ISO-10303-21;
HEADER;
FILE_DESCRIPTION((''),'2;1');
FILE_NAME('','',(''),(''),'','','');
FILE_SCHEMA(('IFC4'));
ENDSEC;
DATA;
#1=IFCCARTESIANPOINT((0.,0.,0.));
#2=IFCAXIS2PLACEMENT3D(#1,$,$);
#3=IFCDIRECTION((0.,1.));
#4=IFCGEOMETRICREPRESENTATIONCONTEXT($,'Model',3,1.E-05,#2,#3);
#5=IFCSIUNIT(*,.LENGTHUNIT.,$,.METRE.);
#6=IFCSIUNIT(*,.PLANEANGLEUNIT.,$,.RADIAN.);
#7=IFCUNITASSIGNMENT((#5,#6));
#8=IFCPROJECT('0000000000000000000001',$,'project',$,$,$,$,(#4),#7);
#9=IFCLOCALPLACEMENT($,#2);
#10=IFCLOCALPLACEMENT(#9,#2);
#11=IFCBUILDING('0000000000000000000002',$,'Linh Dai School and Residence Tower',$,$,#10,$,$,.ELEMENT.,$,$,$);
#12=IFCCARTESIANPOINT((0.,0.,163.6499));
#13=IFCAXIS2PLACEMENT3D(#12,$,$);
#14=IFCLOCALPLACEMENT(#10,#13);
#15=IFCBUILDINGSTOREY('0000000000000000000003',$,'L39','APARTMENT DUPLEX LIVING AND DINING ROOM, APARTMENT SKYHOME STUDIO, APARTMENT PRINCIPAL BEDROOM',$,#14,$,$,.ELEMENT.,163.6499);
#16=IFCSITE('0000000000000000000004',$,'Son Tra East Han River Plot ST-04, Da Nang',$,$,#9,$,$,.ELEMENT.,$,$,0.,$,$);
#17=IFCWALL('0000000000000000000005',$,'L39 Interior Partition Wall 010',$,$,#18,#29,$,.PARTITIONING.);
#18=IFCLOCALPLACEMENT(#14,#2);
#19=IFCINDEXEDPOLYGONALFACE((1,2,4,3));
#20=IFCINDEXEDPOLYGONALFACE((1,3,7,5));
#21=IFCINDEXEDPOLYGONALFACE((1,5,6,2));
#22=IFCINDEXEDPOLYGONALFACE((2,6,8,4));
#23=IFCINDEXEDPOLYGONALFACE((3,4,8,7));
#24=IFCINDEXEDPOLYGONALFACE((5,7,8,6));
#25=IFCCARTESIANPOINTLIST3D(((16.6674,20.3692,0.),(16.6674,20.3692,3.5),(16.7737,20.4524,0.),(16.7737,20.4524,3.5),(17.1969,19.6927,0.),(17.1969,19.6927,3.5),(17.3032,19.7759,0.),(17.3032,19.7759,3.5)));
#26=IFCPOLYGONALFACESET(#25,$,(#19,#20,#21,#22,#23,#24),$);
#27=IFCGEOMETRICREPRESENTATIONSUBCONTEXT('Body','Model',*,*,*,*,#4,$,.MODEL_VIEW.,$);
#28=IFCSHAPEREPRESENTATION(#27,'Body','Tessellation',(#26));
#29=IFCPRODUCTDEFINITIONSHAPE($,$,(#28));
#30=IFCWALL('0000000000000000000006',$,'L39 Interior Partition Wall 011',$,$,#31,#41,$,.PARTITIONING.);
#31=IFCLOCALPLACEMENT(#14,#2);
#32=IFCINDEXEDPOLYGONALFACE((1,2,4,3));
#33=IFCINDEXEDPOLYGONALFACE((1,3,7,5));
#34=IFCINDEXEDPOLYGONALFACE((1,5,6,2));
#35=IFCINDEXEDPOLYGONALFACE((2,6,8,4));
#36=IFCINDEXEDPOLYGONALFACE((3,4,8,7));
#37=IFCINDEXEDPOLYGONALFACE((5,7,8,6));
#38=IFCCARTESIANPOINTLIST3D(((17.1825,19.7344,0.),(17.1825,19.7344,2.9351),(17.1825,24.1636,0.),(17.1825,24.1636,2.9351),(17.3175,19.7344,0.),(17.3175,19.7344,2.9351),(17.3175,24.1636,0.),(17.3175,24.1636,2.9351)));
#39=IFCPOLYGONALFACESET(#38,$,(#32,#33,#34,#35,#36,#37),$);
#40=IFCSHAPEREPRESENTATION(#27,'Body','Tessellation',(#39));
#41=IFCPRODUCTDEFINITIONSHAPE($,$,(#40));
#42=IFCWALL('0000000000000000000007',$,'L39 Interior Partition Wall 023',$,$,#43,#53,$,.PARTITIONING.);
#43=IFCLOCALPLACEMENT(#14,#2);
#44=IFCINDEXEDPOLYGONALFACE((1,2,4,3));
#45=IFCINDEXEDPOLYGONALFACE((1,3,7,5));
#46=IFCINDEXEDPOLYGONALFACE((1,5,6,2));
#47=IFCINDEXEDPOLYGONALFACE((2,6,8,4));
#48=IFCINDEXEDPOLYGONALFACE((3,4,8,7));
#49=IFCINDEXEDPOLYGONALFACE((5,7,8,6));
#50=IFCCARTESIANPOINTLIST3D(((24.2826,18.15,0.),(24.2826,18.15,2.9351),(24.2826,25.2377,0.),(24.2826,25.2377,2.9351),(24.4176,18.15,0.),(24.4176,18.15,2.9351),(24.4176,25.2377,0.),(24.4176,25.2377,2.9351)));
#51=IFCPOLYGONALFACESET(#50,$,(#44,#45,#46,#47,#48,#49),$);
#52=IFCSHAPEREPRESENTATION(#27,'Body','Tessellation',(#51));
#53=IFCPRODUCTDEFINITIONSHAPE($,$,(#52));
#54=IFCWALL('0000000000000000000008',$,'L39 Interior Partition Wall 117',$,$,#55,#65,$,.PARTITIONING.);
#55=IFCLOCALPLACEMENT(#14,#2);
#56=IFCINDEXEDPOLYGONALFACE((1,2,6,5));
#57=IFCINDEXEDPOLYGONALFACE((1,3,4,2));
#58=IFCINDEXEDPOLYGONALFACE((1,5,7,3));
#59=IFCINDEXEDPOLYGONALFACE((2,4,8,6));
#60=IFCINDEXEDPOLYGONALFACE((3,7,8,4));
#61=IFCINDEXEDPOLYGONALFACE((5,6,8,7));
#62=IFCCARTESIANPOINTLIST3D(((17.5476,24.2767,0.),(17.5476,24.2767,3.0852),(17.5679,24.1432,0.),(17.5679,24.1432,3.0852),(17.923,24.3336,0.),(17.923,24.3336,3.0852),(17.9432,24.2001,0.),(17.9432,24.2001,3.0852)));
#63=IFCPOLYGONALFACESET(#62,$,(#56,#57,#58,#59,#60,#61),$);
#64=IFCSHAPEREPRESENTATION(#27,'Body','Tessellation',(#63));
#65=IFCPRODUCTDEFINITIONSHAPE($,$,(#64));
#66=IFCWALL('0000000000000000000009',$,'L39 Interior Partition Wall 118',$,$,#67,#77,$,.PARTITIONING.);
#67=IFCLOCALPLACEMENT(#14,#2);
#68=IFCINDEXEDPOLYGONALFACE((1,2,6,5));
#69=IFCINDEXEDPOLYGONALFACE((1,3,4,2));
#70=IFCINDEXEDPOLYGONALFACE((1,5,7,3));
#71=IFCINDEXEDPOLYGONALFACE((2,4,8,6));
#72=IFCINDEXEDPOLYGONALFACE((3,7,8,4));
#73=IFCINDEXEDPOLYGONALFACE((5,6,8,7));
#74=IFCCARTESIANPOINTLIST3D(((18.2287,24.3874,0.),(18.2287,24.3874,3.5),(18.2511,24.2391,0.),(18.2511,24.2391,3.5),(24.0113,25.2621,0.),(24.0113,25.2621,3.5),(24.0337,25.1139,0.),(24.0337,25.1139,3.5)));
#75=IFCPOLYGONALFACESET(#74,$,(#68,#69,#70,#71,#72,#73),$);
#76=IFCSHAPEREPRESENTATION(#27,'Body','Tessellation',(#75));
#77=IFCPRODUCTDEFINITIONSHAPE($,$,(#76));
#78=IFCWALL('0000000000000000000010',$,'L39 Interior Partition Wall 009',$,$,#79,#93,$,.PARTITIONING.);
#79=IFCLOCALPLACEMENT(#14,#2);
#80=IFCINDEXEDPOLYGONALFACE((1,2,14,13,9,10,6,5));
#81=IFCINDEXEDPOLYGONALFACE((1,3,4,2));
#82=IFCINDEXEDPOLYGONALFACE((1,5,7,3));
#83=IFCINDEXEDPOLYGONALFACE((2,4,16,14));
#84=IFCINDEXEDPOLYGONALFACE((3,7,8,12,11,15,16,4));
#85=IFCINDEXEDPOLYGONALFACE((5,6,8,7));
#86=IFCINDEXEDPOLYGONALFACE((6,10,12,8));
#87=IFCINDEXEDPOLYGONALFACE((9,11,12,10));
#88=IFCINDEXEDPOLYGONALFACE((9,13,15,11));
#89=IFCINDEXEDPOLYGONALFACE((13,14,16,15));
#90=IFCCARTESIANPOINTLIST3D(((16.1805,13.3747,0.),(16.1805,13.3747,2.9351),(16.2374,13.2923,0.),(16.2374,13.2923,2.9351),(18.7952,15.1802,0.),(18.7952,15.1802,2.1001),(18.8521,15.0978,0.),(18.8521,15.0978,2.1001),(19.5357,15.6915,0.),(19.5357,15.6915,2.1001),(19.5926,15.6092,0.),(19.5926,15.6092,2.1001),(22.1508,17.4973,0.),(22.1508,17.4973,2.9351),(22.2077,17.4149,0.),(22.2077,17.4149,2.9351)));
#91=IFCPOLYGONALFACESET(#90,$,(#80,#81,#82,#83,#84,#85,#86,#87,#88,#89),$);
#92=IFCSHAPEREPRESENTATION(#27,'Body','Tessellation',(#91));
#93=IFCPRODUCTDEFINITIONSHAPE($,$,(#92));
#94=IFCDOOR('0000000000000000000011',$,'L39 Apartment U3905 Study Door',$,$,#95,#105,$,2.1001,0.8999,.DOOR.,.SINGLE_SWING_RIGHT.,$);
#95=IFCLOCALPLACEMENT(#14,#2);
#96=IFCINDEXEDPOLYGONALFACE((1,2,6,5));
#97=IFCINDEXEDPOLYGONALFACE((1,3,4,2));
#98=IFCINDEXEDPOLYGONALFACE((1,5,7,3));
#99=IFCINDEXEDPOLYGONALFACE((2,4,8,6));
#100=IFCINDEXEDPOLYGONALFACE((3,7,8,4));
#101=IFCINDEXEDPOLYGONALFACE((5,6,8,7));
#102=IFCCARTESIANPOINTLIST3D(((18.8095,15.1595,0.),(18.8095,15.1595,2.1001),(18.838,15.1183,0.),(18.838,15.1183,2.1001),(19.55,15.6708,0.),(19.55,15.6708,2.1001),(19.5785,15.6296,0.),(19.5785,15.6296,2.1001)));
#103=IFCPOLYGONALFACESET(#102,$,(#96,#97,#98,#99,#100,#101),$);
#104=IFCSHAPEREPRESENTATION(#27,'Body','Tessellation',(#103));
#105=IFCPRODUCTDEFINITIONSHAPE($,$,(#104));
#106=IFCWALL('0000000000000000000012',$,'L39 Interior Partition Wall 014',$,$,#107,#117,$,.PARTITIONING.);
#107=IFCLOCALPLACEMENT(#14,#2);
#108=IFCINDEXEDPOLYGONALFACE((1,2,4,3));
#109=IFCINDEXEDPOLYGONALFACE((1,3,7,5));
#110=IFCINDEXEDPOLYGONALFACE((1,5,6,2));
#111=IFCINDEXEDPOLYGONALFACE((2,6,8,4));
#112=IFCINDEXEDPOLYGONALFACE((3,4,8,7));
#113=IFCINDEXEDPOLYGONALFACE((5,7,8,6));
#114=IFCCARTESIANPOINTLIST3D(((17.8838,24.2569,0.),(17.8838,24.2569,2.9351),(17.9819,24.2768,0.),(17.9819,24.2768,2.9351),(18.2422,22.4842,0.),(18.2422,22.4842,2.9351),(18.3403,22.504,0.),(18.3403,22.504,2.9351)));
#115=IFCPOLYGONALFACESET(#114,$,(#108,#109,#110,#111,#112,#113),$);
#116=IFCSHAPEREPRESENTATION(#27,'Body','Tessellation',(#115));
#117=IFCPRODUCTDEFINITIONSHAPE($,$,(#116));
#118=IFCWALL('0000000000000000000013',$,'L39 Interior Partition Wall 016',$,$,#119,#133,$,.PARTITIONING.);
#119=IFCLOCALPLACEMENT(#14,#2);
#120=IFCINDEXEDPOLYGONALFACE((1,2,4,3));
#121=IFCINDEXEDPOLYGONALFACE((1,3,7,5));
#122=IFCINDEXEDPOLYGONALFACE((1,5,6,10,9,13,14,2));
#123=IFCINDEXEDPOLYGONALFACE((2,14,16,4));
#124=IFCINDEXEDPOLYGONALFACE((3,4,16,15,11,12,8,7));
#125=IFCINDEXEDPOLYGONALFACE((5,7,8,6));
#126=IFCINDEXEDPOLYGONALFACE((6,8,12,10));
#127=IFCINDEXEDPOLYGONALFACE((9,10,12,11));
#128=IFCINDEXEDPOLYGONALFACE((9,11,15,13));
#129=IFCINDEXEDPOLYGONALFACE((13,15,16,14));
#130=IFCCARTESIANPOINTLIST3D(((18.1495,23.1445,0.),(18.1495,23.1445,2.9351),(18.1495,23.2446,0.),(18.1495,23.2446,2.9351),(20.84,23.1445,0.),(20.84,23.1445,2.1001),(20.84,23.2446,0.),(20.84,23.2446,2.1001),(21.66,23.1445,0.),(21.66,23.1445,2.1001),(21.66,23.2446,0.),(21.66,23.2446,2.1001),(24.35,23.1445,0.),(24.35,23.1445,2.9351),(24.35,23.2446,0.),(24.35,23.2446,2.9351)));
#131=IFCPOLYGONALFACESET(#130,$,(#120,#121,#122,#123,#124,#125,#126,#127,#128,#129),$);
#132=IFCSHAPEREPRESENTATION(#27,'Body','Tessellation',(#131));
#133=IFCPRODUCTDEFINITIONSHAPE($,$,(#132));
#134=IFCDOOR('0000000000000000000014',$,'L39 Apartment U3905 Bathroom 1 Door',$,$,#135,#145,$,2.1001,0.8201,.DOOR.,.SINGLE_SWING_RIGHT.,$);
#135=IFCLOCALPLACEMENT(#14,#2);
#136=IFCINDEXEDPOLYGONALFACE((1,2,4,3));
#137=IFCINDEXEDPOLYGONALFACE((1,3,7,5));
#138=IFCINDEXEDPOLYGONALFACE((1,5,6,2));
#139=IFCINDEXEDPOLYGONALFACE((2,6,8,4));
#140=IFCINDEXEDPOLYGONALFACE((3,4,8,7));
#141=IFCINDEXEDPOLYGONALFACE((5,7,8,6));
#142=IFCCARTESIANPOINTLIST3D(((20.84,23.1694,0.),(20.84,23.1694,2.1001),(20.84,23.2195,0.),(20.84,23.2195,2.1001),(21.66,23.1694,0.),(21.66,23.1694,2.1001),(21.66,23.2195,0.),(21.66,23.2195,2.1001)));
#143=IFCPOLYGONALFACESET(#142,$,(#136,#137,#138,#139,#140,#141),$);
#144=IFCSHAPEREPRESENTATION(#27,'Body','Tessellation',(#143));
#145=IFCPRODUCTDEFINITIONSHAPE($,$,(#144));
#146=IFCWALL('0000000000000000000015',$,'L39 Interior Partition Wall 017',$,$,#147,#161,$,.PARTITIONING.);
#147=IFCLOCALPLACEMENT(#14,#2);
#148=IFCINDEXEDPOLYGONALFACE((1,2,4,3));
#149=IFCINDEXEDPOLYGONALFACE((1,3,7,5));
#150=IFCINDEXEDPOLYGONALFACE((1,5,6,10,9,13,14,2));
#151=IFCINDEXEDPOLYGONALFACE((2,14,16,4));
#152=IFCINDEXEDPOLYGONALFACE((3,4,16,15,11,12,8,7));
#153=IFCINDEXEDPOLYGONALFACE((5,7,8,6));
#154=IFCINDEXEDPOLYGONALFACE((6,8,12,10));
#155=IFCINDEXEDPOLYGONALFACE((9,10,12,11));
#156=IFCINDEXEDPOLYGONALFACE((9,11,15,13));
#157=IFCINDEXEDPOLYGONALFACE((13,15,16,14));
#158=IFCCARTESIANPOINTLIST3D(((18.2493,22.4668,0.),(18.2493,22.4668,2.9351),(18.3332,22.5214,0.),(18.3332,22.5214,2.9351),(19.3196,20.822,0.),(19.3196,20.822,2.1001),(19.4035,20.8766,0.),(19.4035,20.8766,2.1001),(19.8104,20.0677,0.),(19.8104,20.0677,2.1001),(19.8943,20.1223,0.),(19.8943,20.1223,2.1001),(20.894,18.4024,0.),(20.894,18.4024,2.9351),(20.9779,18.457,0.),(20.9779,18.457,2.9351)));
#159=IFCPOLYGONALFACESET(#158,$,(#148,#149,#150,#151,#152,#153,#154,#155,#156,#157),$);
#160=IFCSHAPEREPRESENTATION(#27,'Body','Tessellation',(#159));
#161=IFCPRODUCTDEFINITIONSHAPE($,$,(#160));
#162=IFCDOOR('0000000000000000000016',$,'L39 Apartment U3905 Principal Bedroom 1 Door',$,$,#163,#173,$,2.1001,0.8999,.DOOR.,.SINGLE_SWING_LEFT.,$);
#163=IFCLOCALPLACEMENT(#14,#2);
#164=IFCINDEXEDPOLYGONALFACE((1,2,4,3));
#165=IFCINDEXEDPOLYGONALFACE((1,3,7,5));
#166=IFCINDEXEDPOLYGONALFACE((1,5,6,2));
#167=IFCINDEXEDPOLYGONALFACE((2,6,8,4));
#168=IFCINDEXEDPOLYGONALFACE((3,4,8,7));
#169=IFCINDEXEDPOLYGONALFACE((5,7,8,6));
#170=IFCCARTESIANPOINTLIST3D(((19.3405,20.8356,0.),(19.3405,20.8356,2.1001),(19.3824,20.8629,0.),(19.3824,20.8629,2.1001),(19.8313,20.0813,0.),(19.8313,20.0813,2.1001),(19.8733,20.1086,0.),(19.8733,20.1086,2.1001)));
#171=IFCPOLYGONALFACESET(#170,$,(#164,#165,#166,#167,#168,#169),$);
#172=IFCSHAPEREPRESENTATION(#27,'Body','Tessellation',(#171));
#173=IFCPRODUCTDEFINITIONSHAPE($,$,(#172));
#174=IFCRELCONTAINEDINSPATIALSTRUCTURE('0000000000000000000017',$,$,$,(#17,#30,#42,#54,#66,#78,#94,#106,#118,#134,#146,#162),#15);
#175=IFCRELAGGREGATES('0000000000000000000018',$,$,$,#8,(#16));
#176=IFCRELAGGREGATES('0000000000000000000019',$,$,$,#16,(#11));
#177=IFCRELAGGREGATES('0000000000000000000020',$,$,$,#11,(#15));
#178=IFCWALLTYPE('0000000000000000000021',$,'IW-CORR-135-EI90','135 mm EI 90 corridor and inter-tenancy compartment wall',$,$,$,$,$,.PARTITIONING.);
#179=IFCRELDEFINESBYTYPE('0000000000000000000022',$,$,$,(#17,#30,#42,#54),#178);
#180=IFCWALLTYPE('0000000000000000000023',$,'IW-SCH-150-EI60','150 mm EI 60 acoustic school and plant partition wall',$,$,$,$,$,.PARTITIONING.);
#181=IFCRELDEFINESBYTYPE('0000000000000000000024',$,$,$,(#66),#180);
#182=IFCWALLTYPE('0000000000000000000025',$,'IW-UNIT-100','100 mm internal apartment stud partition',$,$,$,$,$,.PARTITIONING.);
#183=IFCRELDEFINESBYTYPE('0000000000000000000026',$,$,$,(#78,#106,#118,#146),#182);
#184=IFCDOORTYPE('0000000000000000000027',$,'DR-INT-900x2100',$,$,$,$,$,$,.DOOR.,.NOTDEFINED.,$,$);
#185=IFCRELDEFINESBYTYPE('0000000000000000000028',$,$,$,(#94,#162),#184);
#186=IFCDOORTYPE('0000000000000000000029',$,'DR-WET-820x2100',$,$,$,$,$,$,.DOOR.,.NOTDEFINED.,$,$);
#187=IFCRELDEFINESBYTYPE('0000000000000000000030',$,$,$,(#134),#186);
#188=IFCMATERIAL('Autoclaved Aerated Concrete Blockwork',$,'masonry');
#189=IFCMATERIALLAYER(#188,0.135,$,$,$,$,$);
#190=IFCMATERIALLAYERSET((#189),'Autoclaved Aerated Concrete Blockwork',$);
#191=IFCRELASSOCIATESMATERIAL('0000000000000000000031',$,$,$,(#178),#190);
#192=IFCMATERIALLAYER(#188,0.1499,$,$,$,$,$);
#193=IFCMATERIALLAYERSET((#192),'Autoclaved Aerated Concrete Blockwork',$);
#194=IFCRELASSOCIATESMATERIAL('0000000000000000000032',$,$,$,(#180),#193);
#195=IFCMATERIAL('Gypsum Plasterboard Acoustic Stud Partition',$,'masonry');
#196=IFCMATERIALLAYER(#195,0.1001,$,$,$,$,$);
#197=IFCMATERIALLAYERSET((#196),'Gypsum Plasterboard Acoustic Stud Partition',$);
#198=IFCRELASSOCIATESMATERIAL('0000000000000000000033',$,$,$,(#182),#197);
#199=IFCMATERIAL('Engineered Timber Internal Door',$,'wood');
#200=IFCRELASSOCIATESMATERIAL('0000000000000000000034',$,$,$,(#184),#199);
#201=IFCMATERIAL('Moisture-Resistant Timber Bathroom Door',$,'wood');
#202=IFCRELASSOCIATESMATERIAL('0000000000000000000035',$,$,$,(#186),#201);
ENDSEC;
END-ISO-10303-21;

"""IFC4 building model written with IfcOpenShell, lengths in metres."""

from ifc_helpers import new_model, si_unit, direction, frame, frame_2d, origin, origin_2d, place, context, subcontext, project, spatial, rectangle, extrude, source, transform, mapped, material, layer, layer_set, type_object, element, fill, save


model = new_model("IFC4")

# Units and contexts
model_context = context("Model", 3, precision=1e-05, world=origin(), true_north=direction((0.0, 1.0)))
body_context = subcontext(model_context, "Body", "Model", "MODEL_VIEW")
ifc_project = project(units=[si_unit("LENGTHUNIT", "METRE"), si_unit("PLANEANGLEUNIT", "RADIAN")], contexts=[model_context])

# Site, building, storey
site_placement = place(None, origin())
site = spatial("IfcSite", under=ifc_project, at=site_placement, Name="Son Tra East Han River Plot ST-04, Da Nang", CompositionType="ELEMENT", RefElevation=0.0)
building_placement = place(site_placement, origin())
building = spatial("IfcBuilding", under=site, at=building_placement, Name="Linh Dai School and Residence Tower", CompositionType="ELEMENT")
storey_placement = place(building_placement, frame((0.0, 0.0, 163.6499)))
storey = spatial("IfcBuildingStorey", under=building, at=storey_placement, Name="L39", Description="APARTMENT DUPLEX LIVING AND DINING ROOM, APARTMENT SKYHOME STUDIO, APARTMENT PRINCIPAL BEDROOM", CompositionType="ELEMENT", Elevation=163.6499)

# Walls
ifc_material_1 = material(Name="Autoclaved Aerated Concrete Blockwork", Category="masonry")
ifc_layer_1 = layer(ifc_material_1, 0.135)
ifc_layer_set_1 = layer_set([ifc_layer_1], Name="Autoclaved Aerated Concrete Blockwork")
wall_type_1 = type_object("IfcWallType", Name="IW-CORR-135-EI90", Description="135 mm EI 90 corridor and inter-tenancy compartment wall", PredefinedType="PARTITIONING", material=ifc_layer_set_1)
wall_1_placement = place(storey_placement, frame((16.7205, 20.4109, 0.0), z_axis=(0.0, 0.0, 1.0), x_axis=(0.616377, -0.787451, 0.0)))
element("IfcWall", 1, at=wall_1_placement, inside=storey, type_object=wall_type_1, Name="L39 Interior Partition Wall 010", PredefinedType="PARTITIONING", context=body_context, shape_type="SweptSolid", body=[
    extrude(rectangle(XDim=0.8591, YDim=0.135, at=frame_2d((0.4297, 0.0))), origin(), (0.0, 0.0, 1.0), 3.5),
])
wall_2_placement = place(storey_placement, frame((17.25, 19.7344, 0.0), z_axis=(0.0, 0.0, 1.0), x_axis=(0.0, 1.0, 0.0)))
element("IfcWall", 2, at=wall_2_placement, inside=storey, type_object=wall_type_1, Name="L39 Interior Partition Wall 011", PredefinedType="PARTITIONING", context=body_context, shape_type="SweptSolid", body=[
    extrude(rectangle(XDim=4.4292, YDim=0.135, at=frame_2d((2.2146, 0.0))), origin(), (0.0, 0.0, 1.0), 2.9351),
])
wall_3_placement = place(storey_placement, frame((24.3501, 18.1499, 0.0), z_axis=(0.0, 0.0, 1.0), x_axis=(0.0, 1.0, 0.0)))
element("IfcWall", 3, at=wall_3_placement, inside=storey, type_object=wall_type_1, Name="L39 Interior Partition Wall 023", PredefinedType="PARTITIONING", context=body_context, shape_type="SweptSolid", body=[
    extrude(rectangle(XDim=7.0876, YDim=0.135, at=frame_2d((3.5439, 0.0))), origin(), (0.0, 0.0, 1.0), 2.9351),
])
wall_4_placement = place(storey_placement, frame((17.5576, 24.21, 0.0), z_axis=(0.0, 0.0, 1.0), x_axis=(0.988704, 0.149882, 0.0)))
element("IfcWall", 4, at=wall_4_placement, inside=storey, type_object=wall_type_1, Name="L39 Interior Partition Wall 117", PredefinedType="PARTITIONING", context=body_context, shape_type="SweptSolid", body=[
    extrude(rectangle(XDim=0.3796, YDim=0.135, at=frame_2d((0.1899, 0.0))), origin(), (0.0, 0.0, 1.0), 3.0852),
])
ifc_layer_2 = layer(ifc_material_1, 0.1499)
ifc_layer_set_2 = layer_set([ifc_layer_2], Name="Autoclaved Aerated Concrete Blockwork")
wall_type_2 = type_object("IfcWallType", Name="IW-SCH-150-EI60", Description="150 mm EI 60 acoustic school and plant partition wall", PredefinedType="PARTITIONING", material=ifc_layer_set_2)
wall_5_placement = place(storey_placement, frame((18.2397, 24.3132, 0.0), z_axis=(0.0, 0.0, 1.0), x_axis=(0.988751, 0.149569, 0.0)))
element("IfcWall", 5, at=wall_5_placement, inside=storey, type_object=wall_type_2, Name="L39 Interior Partition Wall 118", PredefinedType="PARTITIONING", context=body_context, shape_type="SweptSolid", body=[
    extrude(rectangle(XDim=5.8484, YDim=0.1499, at=frame_2d((2.9243, 0.0))), origin(), (0.0, 0.0, 1.0), 3.5),
])

# Wall, opening, door
ifc_material_2 = material(Name="Gypsum Plasterboard Acoustic Stud Partition", Category="masonry")
ifc_layer_3 = layer(ifc_material_2, 0.1001)
ifc_layer_set_3 = layer_set([ifc_layer_3], Name="Gypsum Plasterboard Acoustic Stud Partition")
wall_type_3 = type_object("IfcWallType", Name="IW-UNIT-100", Description="100 mm internal apartment stud partition", PredefinedType="PARTITIONING", material=ifc_layer_set_3)
wall_6_placement = place(storey_placement, frame((16.209, 13.3335, 0.0), z_axis=(0.0, 0.0, 1.0), x_axis=(0.82288, 0.568216, 0.0)))
wall_6 = element("IfcWall", 6, at=wall_6_placement, inside=storey, type_object=wall_type_3, Name="L39 Interior Partition Wall 009", PredefinedType="PARTITIONING", context=body_context, shape_type="SweptSolid", body=[
    extrude(rectangle(XDim=7.2554, YDim=0.1001, at=frame_2d((3.6277, 0.0))), origin(), (0.0, 0.0, 1.0), 2.9351),
])
opening_1_placement = place(wall_6_placement, frame((3.1775, 0.0, 0.0)))
opening_1 = element("IfcOpeningElement", 7, at=opening_1_placement, cuts=wall_6, PredefinedType="OPENING", context=body_context, shape_type="SweptSolid", body=[
    extrude(rectangle(XDim=0.8999, YDim=2.1001, at=origin_2d()), frame((0.45, 0.0601, 1.05), z_axis=(0.0, -1.0, 0.0), x_axis=(1.0, 0.0, 0.0)), (0.0, 0.0, 1.0), 0.1201),
])
ifc_material_3 = material(Name="Engineered Timber Internal Door", Category="wood")
door_type_1 = type_object("IfcDoorType", Name="DR-INT-900x2100", OperationType="NOTDEFINED", PredefinedType="DOOR", material=ifc_material_3)
shared_shape_1 = source(origin(), body_context, "Body", "SweptSolid", [
    extrude(rectangle(XDim=0.8999, YDim=2.1001, at=origin_2d()), frame((0.45, 0.0249, 1.05), z_axis=(0.0, -1.0, 0.0), x_axis=(1.0, 0.0, 0.0)), (0.0, 0.0, 1.0), 0.05),
])
door_1_placement = place(opening_1_placement, origin())
door_1 = element("IfcDoor", 8, at=door_1_placement, inside=storey, type_object=door_type_1, Name="L39 Apartment U3905 Study Door", OperationType="SINGLE_SWING_RIGHT", OverallHeight=2.1001, OverallWidth=0.8999, PredefinedType="DOOR", context=body_context, shape_type="MappedRepresentation", body=[
    mapped(shared_shape_1, transform((0.0, 0.0, 0.0), x_axis=(1.0, 0.0, 0.0), y_axis=(0.0, 1.0, 0.0), z_axis=(0.0, 0.0, 1.0), scale=1.0)),
])
fill(opening_1, door_1)

# Wall
wall_7_placement = place(storey_placement, frame((17.9329, 24.2668, 0.0), z_axis=(0.0, 0.0, 1.0), x_axis=(0.198167, -0.980168, 0.0)))
element("IfcWall", 9, at=wall_7_placement, inside=storey, type_object=wall_type_3, Name="L39 Interior Partition Wall 014", PredefinedType="PARTITIONING", context=body_context, shape_type="SweptSolid", body=[
    extrude(rectangle(XDim=1.8086, YDim=0.1001, at=frame_2d((0.9043, 0.0))), origin(), (0.0, 0.0, 1.0), 2.9351),
])

# Walls, openings, doors
wall_8_placement = place(storey_placement, frame((18.1497, 23.1946, 0.0), z_axis=(0.0, 0.0, 1.0), x_axis=(1.0, 0.0, 0.0)))
wall_8 = element("IfcWall", 10, at=wall_8_placement, inside=storey, type_object=wall_type_3, Name="L39 Interior Partition Wall 016", PredefinedType="PARTITIONING", context=body_context, shape_type="SweptSolid", body=[
    extrude(rectangle(XDim=6.2004, YDim=0.1001, at=frame_2d((3.1001, 0.0))), origin(), (0.0, 0.0, 1.0), 2.9351),
])
opening_2_placement = place(wall_8_placement, frame((2.6902, 0.0, 0.0)))
opening_2 = element("IfcOpeningElement", 11, at=opening_2_placement, cuts=wall_8, PredefinedType="OPENING", context=body_context, shape_type="SweptSolid", body=[
    extrude(rectangle(XDim=0.8201, YDim=2.1001, at=origin_2d()), frame((0.4102, 0.0601, 1.05), z_axis=(0.0, -1.0, 0.0), x_axis=(1.0, 0.0, 0.0)), (0.0, 0.0, 1.0), 0.1201),
])
ifc_material_4 = material(Name="Moisture-Resistant Timber Bathroom Door", Category="wood")
door_type_2 = type_object("IfcDoorType", Name="DR-WET-820x2100", OperationType="NOTDEFINED", PredefinedType="DOOR", material=ifc_material_4)
shared_shape_2 = source(origin(), body_context, "Body", "SweptSolid", [
    extrude(rectangle(XDim=0.8201, YDim=2.1001, at=origin_2d()), frame((0.4102, 0.0249, 1.05), z_axis=(0.0, -1.0, 0.0), x_axis=(1.0, 0.0, 0.0)), (0.0, 0.0, 1.0), 0.05),
])
door_2_placement = place(opening_2_placement, origin())
door_2 = element("IfcDoor", 12, at=door_2_placement, inside=storey, type_object=door_type_2, Name="L39 Apartment U3905 Bathroom 1 Door", OperationType="SINGLE_SWING_RIGHT", OverallHeight=2.1001, OverallWidth=0.8201, PredefinedType="DOOR", context=body_context, shape_type="MappedRepresentation", body=[
    mapped(shared_shape_2, transform((0.0, 0.0, 0.0), x_axis=(1.0, 0.0, 0.0), y_axis=(0.0, 1.0, 0.0), z_axis=(0.0, 0.0, 1.0), scale=1.0)),
])
fill(opening_2, door_2)
wall_9_placement = place(storey_placement, frame((18.2913, 22.4941, 0.0), z_axis=(0.0, 0.0, 1.0), x_axis=(0.545406, -0.838172, 0.0)))
wall_9 = element("IfcWall", 13, at=wall_9_placement, inside=storey, type_object=wall_type_3, Name="L39 Interior Partition Wall 017", PredefinedType="PARTITIONING", context=body_context, shape_type="SweptSolid", body=[
    extrude(rectangle(XDim=4.8491, YDim=0.1001, at=frame_2d((2.4246, 0.0))), origin(), (0.0, 0.0, 1.0), 2.9351),
])
opening_3_placement = place(wall_9_placement, frame((1.9624, 0.0, 0.0)))
opening_3 = element("IfcOpeningElement", 14, at=opening_3_placement, cuts=wall_9, PredefinedType="OPENING", context=body_context, shape_type="SweptSolid", body=[
    extrude(rectangle(XDim=0.8999, YDim=2.1001, at=origin_2d()), frame((0.45, 0.0601, 1.05), z_axis=(0.0, -1.0, 0.0), x_axis=(1.0, 0.0, 0.0)), (0.0, 0.0, 1.0), 0.1201),
])
door_3_placement = place(opening_3_placement, origin())
door_3 = element("IfcDoor", 15, at=door_3_placement, inside=storey, type_object=door_type_1, Name="L39 Apartment U3905 Principal Bedroom 1 Door", OperationType="SINGLE_SWING_LEFT", OverallHeight=2.1001, OverallWidth=0.8999, PredefinedType="DOOR", context=body_context, shape_type="MappedRepresentation", body=[
    mapped(shared_shape_1, transform((0.0, 0.0, 0.0), x_axis=(1.0, 0.0, 0.0), y_axis=(0.0, 1.0, 0.0), z_axis=(0.0, 0.0, 1.0), scale=1.0)),
])
fill(opening_3, door_3)

save(model, "model.ifc")
